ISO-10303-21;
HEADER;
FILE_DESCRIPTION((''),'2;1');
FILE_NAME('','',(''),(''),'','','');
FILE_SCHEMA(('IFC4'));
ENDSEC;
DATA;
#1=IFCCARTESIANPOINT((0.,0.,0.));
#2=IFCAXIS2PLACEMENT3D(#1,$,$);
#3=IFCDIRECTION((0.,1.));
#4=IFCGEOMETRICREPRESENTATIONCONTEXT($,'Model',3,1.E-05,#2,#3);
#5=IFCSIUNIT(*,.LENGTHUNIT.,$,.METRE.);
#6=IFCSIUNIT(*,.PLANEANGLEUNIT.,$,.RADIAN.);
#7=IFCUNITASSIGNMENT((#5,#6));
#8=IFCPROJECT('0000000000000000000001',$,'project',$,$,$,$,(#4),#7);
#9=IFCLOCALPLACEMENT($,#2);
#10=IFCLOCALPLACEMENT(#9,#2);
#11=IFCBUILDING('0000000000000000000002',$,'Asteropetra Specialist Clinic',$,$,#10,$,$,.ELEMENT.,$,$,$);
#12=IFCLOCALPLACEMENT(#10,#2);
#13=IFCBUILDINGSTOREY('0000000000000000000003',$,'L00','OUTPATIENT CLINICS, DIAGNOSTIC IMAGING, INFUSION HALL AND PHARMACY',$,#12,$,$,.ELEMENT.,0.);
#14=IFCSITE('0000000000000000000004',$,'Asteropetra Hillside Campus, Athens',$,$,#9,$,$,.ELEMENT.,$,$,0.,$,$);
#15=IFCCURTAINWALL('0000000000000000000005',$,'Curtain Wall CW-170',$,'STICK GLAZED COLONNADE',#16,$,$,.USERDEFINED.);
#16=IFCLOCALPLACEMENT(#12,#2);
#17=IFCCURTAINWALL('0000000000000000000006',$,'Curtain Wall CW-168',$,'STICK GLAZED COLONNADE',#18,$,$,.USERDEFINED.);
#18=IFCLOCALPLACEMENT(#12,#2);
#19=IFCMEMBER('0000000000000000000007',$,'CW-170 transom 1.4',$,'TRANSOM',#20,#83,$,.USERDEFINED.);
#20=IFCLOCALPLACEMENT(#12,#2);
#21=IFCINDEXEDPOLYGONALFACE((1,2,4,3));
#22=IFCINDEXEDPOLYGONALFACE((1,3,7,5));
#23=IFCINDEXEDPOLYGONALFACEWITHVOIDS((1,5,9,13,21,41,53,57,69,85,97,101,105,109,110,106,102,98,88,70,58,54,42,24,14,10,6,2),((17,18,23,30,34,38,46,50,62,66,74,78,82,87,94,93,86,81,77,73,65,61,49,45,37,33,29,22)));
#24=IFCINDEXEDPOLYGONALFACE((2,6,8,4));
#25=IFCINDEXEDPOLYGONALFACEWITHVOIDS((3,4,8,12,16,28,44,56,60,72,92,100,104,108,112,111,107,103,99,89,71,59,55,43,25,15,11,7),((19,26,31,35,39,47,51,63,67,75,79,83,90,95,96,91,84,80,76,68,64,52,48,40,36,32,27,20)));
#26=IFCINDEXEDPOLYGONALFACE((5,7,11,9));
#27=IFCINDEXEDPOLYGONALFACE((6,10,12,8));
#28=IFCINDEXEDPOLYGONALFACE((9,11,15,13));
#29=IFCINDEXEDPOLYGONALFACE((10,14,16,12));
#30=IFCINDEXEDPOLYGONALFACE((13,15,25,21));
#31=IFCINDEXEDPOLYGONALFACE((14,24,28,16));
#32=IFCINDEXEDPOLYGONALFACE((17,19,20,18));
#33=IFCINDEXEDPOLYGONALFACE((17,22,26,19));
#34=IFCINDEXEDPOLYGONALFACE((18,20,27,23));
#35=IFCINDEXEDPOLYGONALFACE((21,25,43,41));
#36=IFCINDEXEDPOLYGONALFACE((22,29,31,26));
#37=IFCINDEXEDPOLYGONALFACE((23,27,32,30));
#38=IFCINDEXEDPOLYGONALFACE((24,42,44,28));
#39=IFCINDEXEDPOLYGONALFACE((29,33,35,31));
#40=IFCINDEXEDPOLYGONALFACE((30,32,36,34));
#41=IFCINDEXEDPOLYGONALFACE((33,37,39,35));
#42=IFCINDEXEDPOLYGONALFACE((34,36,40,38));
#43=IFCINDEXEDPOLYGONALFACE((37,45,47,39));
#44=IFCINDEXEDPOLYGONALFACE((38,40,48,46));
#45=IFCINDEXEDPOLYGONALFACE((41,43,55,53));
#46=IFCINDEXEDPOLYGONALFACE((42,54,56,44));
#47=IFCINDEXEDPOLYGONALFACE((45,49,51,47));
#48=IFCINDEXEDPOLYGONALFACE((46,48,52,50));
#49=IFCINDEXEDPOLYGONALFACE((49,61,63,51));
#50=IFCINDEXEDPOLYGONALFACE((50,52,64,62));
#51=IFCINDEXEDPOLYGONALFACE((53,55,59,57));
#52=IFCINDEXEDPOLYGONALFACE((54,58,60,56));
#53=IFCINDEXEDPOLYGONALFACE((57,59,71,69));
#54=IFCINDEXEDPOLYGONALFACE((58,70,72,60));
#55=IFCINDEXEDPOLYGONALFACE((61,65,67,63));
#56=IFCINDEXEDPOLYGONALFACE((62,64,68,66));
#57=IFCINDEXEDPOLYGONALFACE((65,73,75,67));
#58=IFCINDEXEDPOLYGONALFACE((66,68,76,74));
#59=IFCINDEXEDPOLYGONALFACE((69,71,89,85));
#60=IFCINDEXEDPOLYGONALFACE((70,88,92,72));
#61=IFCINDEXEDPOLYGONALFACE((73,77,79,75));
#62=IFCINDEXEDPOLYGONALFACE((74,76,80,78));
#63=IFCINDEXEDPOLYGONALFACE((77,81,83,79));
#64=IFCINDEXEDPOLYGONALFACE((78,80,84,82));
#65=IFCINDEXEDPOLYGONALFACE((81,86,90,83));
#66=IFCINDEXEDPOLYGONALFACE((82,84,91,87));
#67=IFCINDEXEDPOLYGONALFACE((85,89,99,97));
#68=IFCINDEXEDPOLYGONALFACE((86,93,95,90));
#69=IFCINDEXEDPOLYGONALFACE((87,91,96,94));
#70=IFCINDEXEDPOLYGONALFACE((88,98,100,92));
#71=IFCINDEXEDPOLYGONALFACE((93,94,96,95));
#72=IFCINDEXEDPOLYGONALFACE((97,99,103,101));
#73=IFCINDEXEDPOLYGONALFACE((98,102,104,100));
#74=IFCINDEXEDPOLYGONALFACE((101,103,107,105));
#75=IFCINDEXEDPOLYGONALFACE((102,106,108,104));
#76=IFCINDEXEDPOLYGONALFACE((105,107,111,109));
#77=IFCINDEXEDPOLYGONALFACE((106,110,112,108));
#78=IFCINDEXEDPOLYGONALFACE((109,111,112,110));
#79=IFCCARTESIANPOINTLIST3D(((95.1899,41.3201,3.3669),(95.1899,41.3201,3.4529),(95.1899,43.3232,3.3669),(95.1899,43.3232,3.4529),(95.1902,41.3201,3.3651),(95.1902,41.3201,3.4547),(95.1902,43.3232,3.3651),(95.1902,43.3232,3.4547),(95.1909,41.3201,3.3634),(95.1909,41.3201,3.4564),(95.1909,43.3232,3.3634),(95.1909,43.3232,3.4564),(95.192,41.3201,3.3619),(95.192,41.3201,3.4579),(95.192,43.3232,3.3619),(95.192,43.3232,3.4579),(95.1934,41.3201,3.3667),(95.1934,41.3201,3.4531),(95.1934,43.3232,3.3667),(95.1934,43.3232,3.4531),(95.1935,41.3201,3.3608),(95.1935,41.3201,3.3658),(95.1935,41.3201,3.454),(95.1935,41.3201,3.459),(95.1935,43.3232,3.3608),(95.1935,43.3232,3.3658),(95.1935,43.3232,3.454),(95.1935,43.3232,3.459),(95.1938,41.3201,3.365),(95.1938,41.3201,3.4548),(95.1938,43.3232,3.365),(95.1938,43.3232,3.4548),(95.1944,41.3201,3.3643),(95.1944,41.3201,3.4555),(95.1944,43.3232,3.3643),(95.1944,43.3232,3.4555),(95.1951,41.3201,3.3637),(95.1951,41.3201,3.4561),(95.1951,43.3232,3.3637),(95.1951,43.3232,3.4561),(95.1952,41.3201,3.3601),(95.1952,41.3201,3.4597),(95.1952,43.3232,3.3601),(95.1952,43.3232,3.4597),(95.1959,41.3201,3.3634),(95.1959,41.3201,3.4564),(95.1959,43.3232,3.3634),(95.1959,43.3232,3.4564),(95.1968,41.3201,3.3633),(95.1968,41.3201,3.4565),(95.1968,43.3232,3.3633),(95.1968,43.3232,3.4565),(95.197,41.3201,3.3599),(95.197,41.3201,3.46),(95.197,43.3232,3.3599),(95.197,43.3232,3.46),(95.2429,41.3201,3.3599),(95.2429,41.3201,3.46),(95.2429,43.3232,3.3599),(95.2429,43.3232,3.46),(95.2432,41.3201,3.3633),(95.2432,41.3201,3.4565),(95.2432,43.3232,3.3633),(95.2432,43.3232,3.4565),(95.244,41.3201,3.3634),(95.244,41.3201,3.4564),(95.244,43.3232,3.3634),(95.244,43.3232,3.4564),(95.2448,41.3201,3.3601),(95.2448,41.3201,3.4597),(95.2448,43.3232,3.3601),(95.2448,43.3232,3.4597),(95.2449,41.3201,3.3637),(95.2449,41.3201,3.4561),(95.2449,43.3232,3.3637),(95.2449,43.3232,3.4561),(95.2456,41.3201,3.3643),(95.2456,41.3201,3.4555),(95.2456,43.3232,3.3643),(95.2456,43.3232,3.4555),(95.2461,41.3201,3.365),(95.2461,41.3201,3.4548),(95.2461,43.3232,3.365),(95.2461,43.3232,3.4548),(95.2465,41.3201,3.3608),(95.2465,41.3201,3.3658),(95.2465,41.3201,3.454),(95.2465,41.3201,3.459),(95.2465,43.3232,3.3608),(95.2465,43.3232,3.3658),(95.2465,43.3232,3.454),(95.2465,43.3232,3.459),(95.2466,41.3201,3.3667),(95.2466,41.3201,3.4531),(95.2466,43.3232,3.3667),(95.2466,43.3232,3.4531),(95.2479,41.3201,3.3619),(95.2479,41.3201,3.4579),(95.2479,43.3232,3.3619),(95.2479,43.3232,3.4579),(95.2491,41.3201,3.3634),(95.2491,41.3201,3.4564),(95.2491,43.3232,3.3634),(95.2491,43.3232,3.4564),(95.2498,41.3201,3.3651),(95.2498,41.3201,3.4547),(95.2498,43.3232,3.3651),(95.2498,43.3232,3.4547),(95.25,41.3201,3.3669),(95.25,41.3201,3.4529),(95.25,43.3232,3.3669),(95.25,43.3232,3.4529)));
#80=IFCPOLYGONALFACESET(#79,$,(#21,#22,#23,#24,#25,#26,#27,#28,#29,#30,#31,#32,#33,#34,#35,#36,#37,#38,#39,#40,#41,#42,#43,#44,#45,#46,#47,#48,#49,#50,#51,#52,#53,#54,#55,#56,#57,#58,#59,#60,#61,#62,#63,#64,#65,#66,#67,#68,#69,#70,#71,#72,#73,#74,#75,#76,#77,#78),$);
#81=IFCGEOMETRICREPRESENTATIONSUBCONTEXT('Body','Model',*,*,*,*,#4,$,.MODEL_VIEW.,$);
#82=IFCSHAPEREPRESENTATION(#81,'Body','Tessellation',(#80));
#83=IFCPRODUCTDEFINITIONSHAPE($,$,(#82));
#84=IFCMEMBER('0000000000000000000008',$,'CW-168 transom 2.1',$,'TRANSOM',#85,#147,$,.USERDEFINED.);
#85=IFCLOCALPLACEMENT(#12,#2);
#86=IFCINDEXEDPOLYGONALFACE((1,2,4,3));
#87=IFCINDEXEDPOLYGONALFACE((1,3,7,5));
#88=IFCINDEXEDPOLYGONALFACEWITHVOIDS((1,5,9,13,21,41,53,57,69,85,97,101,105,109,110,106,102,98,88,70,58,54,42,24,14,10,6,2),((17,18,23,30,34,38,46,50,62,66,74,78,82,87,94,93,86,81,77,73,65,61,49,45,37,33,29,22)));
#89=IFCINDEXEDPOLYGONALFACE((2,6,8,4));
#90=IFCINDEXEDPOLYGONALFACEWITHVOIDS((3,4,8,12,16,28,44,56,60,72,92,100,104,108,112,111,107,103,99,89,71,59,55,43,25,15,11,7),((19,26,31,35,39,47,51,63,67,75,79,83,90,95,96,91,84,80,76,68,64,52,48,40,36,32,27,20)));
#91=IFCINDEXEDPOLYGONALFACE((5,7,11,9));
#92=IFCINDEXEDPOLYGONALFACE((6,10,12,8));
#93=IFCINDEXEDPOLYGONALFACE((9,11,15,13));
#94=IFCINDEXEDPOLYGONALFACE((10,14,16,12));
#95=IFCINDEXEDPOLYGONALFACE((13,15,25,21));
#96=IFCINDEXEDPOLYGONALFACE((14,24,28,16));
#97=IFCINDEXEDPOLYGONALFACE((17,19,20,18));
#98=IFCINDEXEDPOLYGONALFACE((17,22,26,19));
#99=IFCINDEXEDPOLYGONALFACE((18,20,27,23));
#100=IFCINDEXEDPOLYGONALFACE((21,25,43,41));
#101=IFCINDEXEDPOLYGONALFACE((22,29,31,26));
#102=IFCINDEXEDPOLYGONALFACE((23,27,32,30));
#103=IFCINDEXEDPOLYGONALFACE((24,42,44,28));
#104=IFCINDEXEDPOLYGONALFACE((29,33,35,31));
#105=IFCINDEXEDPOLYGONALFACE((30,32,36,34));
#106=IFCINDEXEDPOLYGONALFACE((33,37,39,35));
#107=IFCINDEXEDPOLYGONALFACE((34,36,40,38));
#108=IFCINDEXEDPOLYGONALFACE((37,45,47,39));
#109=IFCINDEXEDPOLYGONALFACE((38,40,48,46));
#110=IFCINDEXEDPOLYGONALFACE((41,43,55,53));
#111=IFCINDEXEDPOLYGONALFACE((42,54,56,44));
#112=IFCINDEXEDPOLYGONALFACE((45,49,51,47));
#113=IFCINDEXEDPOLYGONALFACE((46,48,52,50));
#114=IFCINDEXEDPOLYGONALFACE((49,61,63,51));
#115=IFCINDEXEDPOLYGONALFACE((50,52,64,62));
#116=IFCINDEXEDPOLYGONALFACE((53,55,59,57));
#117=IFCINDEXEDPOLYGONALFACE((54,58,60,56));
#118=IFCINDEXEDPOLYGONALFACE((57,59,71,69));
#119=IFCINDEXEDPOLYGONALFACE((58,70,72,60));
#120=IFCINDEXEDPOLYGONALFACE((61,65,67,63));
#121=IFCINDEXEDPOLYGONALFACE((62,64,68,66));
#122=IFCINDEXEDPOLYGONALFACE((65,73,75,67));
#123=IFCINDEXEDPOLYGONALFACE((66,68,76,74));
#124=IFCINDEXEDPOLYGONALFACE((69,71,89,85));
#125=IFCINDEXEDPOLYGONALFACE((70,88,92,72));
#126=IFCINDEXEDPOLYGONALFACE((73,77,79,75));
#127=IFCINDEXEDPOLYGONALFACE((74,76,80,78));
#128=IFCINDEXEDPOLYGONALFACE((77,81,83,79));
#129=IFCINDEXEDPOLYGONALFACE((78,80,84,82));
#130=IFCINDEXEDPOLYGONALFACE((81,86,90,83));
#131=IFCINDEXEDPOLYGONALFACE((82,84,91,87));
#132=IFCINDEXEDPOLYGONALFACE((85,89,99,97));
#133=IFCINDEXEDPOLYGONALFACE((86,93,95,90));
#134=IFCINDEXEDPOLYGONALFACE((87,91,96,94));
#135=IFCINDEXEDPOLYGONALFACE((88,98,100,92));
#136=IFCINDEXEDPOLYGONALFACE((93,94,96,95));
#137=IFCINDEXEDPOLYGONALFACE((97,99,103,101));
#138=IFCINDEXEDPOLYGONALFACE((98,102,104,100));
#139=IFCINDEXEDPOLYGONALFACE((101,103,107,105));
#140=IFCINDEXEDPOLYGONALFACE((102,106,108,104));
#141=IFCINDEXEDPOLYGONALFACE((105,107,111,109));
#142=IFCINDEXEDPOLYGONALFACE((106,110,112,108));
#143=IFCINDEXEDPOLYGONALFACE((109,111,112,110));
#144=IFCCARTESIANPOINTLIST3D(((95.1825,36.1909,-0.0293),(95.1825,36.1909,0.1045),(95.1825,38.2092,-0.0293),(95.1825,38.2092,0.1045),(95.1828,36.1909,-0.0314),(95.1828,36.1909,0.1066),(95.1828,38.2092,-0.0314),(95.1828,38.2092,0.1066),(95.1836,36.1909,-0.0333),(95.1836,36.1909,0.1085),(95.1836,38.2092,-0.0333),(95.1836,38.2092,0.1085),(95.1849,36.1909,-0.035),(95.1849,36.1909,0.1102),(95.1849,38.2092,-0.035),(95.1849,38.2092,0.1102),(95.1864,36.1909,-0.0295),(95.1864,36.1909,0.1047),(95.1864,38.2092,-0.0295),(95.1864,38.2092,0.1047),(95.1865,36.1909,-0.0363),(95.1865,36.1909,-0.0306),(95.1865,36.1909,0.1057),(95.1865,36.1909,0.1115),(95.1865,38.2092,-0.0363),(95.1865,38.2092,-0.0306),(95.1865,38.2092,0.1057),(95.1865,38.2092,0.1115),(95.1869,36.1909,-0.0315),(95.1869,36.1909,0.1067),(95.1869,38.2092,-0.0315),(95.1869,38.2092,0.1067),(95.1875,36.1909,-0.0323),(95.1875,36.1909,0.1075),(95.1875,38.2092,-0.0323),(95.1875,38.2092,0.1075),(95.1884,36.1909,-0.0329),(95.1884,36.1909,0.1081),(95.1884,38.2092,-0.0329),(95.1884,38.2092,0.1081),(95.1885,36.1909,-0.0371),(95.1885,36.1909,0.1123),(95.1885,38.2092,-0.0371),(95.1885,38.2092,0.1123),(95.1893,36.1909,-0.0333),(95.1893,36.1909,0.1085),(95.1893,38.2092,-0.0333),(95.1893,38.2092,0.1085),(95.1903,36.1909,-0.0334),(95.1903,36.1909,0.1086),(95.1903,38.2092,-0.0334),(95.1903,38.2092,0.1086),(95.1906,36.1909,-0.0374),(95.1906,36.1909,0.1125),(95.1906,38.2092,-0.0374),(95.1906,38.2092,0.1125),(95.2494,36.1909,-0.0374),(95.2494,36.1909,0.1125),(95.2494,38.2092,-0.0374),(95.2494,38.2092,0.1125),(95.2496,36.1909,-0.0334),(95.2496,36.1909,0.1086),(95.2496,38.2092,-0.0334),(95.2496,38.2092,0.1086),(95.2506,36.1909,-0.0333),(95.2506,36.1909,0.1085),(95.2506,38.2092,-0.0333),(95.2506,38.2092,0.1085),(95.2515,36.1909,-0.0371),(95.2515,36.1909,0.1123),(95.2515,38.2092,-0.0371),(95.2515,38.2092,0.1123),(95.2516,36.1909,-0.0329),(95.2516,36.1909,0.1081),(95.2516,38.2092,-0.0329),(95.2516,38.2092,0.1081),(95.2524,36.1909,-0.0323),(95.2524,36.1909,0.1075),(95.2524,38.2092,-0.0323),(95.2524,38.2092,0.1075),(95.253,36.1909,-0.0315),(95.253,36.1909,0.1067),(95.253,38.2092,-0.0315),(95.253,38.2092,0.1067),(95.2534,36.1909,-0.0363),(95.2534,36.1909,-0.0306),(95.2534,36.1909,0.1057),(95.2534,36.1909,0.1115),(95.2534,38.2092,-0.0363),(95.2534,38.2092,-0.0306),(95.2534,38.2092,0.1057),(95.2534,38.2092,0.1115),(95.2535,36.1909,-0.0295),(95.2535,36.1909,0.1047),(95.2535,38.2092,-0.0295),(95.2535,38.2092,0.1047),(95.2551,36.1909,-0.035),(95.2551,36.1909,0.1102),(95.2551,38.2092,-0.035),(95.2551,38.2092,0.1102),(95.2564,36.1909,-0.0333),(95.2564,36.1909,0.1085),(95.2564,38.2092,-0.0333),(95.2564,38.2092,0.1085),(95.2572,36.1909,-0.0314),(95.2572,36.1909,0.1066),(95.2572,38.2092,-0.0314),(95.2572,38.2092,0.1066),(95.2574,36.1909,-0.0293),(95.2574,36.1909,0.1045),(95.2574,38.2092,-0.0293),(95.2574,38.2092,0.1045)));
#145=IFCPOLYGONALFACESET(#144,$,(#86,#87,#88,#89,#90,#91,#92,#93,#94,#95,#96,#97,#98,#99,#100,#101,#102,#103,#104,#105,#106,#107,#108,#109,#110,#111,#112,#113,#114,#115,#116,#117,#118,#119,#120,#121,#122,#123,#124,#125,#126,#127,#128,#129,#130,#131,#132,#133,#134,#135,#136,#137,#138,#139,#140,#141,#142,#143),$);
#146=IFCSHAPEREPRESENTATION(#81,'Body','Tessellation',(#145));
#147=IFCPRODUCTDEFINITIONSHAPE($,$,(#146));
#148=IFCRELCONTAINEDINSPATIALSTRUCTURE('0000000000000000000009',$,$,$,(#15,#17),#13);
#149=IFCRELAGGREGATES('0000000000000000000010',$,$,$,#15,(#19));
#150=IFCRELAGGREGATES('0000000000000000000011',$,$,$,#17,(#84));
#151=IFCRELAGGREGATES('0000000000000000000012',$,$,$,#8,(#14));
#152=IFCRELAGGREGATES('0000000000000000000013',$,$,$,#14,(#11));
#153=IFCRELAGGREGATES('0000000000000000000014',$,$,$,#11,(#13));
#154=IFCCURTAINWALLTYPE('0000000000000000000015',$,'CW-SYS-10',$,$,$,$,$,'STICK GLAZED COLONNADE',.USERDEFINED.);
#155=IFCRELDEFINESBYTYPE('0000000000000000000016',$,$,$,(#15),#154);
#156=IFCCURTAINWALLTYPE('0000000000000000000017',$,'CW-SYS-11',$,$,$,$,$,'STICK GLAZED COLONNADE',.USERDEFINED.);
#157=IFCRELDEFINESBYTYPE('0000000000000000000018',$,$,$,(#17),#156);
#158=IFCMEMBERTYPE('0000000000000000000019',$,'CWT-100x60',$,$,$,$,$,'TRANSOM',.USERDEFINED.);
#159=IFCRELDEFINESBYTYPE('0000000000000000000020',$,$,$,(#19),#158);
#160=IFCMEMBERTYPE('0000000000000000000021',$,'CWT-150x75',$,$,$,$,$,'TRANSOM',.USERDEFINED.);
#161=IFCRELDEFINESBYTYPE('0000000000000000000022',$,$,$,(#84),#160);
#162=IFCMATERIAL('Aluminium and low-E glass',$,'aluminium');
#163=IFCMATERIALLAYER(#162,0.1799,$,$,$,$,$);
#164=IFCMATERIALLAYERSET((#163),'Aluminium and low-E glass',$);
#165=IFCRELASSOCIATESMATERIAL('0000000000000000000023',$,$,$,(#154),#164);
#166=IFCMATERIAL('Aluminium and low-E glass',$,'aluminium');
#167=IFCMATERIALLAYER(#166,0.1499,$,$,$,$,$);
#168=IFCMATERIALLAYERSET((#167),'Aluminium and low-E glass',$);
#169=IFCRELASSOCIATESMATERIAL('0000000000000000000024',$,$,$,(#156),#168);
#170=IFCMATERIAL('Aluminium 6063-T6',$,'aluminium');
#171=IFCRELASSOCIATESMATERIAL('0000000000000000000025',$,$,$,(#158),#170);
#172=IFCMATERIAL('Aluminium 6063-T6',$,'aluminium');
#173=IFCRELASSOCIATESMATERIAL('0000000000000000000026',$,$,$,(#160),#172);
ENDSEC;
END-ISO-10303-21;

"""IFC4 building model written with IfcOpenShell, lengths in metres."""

from ifc_helpers import new_model, si_unit, direction, frame, origin, origin_2d, place, context, subcontext, project, spatial, hollow_rectangle, extrude, material, layer, layer_set, material_profile, profile_set, type_object, element, aggregate, save


model = new_model("IFC4")

# Units and contexts
model_context = context("Model", 3, precision=1e-05, world=origin(), true_north=direction((0.0, 1.0)))
body_context = subcontext(model_context, "Body", "Model", "MODEL_VIEW")
ifc_project = project(units=[si_unit("LENGTHUNIT", "METRE"), si_unit("PLANEANGLEUNIT", "RADIAN")], contexts=[model_context])

# Site, building, storey
site_placement = place(None, origin())
site = spatial("IfcSite", under=ifc_project, at=site_placement, Name="Asteropetra Hillside Campus, Athens", CompositionType="ELEMENT", RefElevation=0.0)
building_placement = place(site_placement, origin())
building = spatial("IfcBuilding", under=site, at=building_placement, Name="Asteropetra Specialist Clinic", CompositionType="ELEMENT")
storey_placement = place(building_placement, origin())
storey = spatial("IfcBuildingStorey", under=building, at=storey_placement, Name="L00", Description="OUTPATIENT CLINICS, DIAGNOSTIC IMAGING, INFUSION HALL AND PHARMACY", CompositionType="ELEMENT", Elevation=0.0)

# Curtain wall
ifc_material_1 = material(Name="Aluminium and low-E glass", Category="aluminium")
ifc_layer_1 = layer(ifc_material_1, 0.1799)
ifc_layer_set_1 = layer_set([ifc_layer_1], Name="Aluminium and low-E glass")
curtain_wall_type_1 = type_object("IfcCurtainWallType", Name="CW-SYS-10", ElementType="STICK GLAZED COLONNADE", PredefinedType="USERDEFINED", material=ifc_layer_set_1)
curtain_wall_1_placement = place(storey_placement, origin())
curtain_wall_1 = element("IfcCurtainWall", 1, at=curtain_wall_1_placement, inside=storey, type_object=curtain_wall_type_1, Name="Curtain Wall CW-170", ObjectType="STICK GLAZED COLONNADE", PredefinedType="USERDEFINED")

# Curtain wall
ifc_material_2 = material(Name="Aluminium and low-E glass", Category="aluminium")
ifc_layer_2 = layer(ifc_material_2, 0.1499)
ifc_layer_set_2 = layer_set([ifc_layer_2], Name="Aluminium and low-E glass")
curtain_wall_type_2 = type_object("IfcCurtainWallType", Name="CW-SYS-11", ElementType="STICK GLAZED COLONNADE", PredefinedType="USERDEFINED", material=ifc_layer_set_2)
curtain_wall_2_placement = place(storey_placement, origin())
curtain_wall_2 = element("IfcCurtainWall", 2, at=curtain_wall_2_placement, inside=storey, type_object=curtain_wall_type_2, Name="Curtain Wall CW-168", ObjectType="STICK GLAZED COLONNADE", PredefinedType="USERDEFINED")

# Members
ifc_material_3 = material(Name="Aluminium 6063-T6", Category="aluminium")
ifc_material_profile_1 = material_profile(ifc_material_3, hollow_rectangle(XDim=0.0601, YDim=0.1001, WallThickness=0.0034, InnerFilletRadius=0.0034, OuterFilletRadius=0.0071, at=origin_2d()), Name="TRN 100x60x3.5")
ifc_profile_set_1 = profile_set([ifc_material_profile_1], Name="Aluminium 6063-T6")
member_type_1 = type_object("IfcMemberType", Name="CWT-100x60", ElementType="TRANSOM", PredefinedType="USERDEFINED", material=ifc_profile_set_1)
member_1_placement = place(storey_placement, frame((95.22, 41.3201, 3.4099), z_axis=(0.0, 1.0, 0.0), x_axis=(-1.0, 0.0, 0.0)))
member_1 = element("IfcMember", 3, at=member_1_placement, type_object=member_type_1, Name="CW-170 transom 1.4", ObjectType="TRANSOM", PredefinedType="USERDEFINED", context=body_context, shape_type="SweptSolid", body=[
    extrude(hollow_rectangle(XDim=0.0601, YDim=0.1001, WallThickness=0.0034, InnerFilletRadius=0.0034, OuterFilletRadius=0.0071, at=origin_2d()), origin(), (0.0, 0.0, 1.0), 2.0032),
])
aggregate(curtain_wall_1, [member_1])
ifc_material_4 = material(Name="Aluminium 6063-T6", Category="aluminium")
ifc_material_profile_2 = material_profile(ifc_material_4, hollow_rectangle(XDim=0.075, YDim=0.1499, WallThickness=0.0039, InnerFilletRadius=0.0039, OuterFilletRadius=0.0081, at=origin_2d()), Name="TRN 150x75x4.0")
ifc_profile_set_2 = profile_set([ifc_material_profile_2], Name="Aluminium 6063-T6")
member_type_2 = type_object("IfcMemberType", Name="CWT-150x75", ElementType="TRANSOM", PredefinedType="USERDEFINED", material=ifc_profile_set_2)
member_2_placement = place(storey_placement, frame((95.22, 36.1909, 0.0376), z_axis=(0.0, 1.0, 0.0), x_axis=(-1.0, 0.0, 0.0)))
member_2 = element("IfcMember", 4, at=member_2_placement, type_object=member_type_2, Name="CW-168 transom 2.1", ObjectType="TRANSOM", PredefinedType="USERDEFINED", context=body_context, shape_type="SweptSolid", body=[
    extrude(hollow_rectangle(XDim=0.075, YDim=0.1499, WallThickness=0.0039, InnerFilletRadius=0.0039, OuterFilletRadius=0.0081, at=origin_2d()), origin(), (0.0, 0.0, 1.0), 2.0183),
])

aggregate(curtain_wall_2, [member_2])

save(model, "model.ifc")
